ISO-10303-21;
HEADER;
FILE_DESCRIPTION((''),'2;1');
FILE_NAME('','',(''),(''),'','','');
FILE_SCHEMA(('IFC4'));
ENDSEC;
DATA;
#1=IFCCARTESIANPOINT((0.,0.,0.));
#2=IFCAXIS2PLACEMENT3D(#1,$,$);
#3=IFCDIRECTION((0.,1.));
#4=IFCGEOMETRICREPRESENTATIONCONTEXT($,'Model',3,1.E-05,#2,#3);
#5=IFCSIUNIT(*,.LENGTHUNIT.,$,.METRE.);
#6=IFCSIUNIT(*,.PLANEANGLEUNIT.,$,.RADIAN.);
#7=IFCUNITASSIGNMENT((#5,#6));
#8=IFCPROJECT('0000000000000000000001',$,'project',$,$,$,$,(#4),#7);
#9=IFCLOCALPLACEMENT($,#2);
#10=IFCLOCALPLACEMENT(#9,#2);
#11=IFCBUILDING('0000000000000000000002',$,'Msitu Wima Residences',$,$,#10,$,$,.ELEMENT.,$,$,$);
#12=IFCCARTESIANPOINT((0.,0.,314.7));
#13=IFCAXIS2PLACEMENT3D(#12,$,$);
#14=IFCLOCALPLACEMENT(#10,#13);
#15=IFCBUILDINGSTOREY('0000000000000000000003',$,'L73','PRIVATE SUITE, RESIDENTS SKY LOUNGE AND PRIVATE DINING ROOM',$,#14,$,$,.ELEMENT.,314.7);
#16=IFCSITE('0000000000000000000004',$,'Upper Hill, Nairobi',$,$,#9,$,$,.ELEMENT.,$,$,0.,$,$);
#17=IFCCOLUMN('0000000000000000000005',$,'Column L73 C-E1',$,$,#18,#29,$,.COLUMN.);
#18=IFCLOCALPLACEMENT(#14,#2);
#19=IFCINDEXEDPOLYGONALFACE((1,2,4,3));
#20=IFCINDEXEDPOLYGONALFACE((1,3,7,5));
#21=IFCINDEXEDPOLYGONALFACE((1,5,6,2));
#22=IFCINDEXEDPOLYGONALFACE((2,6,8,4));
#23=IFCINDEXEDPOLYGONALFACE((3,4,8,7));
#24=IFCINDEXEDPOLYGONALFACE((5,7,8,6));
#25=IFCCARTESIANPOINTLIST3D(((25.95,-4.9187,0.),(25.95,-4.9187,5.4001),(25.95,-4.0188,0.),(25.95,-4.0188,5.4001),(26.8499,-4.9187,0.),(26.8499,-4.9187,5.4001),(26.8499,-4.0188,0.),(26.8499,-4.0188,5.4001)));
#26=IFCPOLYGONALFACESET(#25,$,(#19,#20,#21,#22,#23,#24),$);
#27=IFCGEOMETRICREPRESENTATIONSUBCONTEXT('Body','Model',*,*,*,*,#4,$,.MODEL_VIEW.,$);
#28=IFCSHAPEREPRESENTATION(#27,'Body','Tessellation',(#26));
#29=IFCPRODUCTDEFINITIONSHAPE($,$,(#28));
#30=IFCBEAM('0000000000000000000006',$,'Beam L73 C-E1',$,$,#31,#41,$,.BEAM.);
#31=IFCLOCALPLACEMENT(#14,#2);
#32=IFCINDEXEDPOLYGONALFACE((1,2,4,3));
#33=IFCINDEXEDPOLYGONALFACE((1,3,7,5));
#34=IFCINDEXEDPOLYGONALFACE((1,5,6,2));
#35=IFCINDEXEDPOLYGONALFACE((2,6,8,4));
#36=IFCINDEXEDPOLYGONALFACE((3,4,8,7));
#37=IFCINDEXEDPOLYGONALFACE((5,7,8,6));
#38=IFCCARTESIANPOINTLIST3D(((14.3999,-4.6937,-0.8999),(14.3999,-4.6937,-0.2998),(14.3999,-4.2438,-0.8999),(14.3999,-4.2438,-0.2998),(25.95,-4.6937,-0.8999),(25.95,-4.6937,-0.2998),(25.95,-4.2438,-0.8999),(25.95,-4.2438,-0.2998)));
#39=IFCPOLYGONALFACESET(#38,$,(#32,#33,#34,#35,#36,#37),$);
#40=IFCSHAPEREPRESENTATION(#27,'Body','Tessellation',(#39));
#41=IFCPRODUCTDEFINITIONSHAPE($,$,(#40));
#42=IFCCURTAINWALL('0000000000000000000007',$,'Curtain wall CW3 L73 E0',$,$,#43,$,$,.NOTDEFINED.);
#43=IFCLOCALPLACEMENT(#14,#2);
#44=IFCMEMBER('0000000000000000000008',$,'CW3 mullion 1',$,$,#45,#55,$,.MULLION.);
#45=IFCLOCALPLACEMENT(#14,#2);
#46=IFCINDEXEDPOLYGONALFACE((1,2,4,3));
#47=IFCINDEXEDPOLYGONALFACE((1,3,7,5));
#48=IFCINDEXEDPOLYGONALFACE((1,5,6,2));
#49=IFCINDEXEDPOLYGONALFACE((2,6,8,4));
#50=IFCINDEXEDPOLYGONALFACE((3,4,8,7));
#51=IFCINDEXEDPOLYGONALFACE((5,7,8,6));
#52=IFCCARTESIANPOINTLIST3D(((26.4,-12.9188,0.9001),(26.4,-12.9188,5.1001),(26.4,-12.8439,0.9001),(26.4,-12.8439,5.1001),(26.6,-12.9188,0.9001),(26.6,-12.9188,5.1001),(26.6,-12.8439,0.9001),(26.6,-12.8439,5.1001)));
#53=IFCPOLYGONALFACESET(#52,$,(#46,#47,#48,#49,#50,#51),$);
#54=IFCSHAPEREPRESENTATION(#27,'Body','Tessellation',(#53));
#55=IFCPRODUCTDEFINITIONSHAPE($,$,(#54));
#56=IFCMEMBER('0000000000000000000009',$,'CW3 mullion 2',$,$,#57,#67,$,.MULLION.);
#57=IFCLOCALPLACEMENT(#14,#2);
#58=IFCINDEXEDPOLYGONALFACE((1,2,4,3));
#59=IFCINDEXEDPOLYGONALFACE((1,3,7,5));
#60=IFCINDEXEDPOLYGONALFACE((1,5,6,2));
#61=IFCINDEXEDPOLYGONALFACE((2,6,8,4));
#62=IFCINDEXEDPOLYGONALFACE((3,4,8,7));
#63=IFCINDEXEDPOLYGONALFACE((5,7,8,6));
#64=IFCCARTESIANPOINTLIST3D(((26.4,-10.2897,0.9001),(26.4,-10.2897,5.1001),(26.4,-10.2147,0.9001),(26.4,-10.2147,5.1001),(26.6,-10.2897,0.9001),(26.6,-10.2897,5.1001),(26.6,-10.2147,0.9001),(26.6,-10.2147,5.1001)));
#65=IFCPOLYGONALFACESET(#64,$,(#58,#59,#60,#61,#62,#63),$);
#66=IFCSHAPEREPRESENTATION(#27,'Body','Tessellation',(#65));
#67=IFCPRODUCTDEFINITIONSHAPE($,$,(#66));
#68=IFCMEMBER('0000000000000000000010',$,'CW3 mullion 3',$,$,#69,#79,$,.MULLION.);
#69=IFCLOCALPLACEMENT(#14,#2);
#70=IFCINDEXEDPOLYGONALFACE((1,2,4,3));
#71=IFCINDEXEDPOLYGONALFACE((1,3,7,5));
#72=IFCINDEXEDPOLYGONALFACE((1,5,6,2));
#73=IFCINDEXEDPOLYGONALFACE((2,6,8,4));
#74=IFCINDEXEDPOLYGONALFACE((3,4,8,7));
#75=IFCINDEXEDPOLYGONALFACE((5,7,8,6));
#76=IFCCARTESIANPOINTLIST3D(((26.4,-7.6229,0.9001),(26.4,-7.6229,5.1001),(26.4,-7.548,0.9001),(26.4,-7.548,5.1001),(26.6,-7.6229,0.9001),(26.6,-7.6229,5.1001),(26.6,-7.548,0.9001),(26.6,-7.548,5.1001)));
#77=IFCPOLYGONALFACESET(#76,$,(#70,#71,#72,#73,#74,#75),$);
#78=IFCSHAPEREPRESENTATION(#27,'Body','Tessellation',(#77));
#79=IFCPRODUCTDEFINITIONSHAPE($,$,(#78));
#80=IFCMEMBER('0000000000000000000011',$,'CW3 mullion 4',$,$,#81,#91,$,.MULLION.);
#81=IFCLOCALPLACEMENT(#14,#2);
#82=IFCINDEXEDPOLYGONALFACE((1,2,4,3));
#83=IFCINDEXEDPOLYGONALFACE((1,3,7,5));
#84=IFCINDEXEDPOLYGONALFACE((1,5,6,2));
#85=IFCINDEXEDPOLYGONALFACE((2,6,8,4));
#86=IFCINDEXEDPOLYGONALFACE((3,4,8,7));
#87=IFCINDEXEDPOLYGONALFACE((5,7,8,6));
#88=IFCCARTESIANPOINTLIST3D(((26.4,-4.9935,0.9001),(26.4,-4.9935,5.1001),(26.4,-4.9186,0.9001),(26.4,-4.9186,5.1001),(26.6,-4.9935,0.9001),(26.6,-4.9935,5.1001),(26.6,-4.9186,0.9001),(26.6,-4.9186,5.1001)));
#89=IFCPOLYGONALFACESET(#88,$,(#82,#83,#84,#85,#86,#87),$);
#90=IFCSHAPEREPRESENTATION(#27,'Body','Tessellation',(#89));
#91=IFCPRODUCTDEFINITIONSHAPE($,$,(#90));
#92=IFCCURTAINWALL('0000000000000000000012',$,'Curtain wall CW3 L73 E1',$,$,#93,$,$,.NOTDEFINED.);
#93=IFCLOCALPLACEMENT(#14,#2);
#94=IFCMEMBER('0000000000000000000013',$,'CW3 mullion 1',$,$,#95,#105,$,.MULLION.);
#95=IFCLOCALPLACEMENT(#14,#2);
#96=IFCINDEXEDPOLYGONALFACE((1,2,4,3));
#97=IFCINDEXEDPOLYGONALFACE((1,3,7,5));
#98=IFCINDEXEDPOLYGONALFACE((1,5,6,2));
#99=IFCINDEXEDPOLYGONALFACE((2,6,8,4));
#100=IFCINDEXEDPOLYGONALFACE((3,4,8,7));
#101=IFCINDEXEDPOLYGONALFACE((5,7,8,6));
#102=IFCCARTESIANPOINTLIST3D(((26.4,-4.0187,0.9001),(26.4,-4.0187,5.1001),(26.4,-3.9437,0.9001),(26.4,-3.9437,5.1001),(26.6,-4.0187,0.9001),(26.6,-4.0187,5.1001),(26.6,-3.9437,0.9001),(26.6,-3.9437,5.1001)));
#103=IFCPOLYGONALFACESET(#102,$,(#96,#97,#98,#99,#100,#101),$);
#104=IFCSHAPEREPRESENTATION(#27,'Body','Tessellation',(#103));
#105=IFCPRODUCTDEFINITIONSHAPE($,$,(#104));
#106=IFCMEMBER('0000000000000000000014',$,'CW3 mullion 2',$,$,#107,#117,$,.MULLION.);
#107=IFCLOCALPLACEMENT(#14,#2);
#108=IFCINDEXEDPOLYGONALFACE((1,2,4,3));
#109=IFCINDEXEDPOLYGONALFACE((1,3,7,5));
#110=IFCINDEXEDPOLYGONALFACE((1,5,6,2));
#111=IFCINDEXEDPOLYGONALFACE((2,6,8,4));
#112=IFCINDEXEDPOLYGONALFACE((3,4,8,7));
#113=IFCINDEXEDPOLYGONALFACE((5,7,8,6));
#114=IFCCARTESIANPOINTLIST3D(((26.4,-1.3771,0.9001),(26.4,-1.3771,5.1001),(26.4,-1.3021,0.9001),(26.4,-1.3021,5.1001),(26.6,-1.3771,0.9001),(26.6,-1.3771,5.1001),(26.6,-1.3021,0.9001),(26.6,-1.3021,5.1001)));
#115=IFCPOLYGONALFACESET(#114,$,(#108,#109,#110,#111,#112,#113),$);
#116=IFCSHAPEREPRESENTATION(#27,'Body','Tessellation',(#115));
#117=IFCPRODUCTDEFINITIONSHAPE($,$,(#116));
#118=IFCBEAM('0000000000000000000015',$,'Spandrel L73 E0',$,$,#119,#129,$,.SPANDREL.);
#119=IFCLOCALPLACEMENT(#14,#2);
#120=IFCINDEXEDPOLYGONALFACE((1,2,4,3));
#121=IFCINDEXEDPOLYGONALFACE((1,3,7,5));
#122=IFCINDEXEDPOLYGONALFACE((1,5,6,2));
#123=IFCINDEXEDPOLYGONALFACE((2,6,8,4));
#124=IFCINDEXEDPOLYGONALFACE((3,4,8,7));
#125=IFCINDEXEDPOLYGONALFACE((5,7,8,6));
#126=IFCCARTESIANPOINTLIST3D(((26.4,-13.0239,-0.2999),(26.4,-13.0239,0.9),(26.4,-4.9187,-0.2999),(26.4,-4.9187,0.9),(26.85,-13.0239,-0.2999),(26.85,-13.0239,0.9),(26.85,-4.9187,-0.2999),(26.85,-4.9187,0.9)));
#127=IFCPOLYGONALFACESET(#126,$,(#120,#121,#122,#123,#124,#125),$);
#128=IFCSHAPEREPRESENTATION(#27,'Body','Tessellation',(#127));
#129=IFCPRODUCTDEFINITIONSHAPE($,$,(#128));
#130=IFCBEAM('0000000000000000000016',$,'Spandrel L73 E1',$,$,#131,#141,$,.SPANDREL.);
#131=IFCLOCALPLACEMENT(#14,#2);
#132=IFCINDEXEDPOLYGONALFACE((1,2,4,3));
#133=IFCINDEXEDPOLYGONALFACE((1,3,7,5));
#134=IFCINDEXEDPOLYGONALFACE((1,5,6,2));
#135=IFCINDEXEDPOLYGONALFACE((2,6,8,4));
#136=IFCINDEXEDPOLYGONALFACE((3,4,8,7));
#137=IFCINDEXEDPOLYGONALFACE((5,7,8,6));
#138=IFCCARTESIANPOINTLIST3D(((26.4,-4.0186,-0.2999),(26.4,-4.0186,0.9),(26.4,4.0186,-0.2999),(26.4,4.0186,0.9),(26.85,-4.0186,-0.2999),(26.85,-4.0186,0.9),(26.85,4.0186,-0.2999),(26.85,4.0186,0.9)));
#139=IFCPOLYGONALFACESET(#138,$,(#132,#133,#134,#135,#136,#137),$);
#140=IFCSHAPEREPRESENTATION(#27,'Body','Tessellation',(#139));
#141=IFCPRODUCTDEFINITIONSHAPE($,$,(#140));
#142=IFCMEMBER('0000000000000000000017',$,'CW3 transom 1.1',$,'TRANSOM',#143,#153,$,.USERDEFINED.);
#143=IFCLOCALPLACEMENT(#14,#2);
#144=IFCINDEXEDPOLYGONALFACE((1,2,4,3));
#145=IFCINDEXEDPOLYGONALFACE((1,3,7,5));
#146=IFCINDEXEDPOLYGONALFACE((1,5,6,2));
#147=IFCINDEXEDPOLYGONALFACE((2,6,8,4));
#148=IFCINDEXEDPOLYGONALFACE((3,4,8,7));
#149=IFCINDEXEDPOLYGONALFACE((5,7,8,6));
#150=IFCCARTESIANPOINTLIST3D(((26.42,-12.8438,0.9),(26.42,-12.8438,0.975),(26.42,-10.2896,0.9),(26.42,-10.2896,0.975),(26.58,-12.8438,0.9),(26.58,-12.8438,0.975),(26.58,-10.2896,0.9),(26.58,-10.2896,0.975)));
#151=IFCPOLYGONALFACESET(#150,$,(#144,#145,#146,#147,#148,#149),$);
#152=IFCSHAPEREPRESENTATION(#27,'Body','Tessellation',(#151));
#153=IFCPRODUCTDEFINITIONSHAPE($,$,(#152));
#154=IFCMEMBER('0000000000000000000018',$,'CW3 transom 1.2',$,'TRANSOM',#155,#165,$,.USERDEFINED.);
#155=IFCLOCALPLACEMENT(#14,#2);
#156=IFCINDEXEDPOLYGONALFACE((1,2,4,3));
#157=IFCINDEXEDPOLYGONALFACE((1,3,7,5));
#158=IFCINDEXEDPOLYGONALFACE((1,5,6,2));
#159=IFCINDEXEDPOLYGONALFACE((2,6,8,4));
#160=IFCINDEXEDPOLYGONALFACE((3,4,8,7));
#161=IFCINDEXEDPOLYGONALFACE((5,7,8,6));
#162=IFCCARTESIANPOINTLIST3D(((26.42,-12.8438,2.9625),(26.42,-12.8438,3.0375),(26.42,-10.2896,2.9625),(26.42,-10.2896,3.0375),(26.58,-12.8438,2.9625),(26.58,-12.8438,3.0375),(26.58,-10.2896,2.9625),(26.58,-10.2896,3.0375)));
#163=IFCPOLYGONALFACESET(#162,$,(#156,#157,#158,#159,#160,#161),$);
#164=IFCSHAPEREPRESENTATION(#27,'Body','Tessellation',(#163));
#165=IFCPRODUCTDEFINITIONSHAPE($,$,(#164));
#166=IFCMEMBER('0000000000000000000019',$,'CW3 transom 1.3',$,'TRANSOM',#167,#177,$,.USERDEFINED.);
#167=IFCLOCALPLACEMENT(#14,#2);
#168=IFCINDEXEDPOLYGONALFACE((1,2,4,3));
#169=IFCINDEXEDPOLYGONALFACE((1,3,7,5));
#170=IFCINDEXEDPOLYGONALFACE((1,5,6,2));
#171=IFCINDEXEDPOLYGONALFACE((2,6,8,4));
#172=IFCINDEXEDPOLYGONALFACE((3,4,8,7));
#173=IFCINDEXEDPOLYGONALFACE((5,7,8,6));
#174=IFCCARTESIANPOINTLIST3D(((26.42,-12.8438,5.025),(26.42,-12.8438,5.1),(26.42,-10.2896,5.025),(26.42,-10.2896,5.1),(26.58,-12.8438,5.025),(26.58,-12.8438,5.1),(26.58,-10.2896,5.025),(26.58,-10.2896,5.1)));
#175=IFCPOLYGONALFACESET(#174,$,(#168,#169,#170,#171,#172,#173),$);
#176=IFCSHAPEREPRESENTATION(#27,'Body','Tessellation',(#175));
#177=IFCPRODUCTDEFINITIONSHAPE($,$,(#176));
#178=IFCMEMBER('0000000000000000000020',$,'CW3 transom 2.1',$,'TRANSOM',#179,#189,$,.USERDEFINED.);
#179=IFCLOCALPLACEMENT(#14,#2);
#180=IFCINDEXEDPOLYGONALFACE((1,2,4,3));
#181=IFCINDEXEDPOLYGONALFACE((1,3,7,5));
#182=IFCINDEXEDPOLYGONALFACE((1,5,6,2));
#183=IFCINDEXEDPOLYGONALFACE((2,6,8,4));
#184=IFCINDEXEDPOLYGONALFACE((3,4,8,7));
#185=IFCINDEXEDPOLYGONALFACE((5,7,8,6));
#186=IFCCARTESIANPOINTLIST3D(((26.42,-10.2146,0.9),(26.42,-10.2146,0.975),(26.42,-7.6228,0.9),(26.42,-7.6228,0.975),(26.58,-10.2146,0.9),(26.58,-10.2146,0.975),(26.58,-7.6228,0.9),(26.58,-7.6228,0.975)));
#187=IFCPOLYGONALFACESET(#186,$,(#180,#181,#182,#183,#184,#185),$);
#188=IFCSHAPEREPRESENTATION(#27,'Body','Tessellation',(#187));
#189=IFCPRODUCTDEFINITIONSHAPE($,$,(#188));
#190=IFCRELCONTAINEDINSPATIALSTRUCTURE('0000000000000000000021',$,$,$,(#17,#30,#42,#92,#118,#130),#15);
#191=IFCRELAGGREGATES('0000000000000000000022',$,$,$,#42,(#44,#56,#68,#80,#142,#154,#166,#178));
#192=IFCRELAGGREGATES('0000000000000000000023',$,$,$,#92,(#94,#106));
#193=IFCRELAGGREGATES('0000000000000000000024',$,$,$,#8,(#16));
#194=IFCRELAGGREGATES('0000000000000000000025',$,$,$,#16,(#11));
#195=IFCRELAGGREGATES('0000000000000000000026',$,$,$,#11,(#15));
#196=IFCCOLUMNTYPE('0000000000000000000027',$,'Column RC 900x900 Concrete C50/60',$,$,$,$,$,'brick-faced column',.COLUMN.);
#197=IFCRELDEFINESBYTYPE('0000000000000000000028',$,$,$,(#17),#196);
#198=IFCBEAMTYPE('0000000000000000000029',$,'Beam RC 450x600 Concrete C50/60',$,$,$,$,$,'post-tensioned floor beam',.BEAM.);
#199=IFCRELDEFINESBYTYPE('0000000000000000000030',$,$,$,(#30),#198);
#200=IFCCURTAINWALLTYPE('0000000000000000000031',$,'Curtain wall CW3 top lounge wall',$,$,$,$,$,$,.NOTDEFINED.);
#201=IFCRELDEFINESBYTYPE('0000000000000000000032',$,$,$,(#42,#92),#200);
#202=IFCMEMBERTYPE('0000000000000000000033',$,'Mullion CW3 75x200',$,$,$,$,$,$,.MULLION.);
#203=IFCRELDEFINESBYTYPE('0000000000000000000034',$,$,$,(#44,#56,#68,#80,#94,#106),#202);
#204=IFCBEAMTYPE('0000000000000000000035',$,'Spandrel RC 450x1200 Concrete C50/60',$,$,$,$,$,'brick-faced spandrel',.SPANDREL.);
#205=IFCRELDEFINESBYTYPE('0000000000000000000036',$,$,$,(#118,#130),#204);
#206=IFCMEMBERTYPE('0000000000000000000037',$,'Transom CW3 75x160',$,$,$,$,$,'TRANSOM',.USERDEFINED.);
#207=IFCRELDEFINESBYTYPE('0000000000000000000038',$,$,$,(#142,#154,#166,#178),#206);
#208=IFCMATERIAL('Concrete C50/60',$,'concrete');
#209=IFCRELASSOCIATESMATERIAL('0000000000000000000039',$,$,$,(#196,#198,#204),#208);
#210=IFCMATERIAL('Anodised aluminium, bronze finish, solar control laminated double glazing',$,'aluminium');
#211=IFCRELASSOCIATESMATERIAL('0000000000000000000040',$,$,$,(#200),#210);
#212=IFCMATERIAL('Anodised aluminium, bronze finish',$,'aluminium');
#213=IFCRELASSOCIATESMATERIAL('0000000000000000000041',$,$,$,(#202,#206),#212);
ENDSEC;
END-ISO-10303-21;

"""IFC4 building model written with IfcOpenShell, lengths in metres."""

from ifc_helpers import new_model, si_unit, direction, frame, origin, origin_2d, place, context, subcontext, project, spatial, rectangle, extrude, material, material_profile, profile_set, type_object, element, aggregate, save


model = new_model("IFC4")

# Units and contexts
model_context = context("Model", 3, precision=1e-05, world=origin(), true_north=direction((0.0, 1.0)))
body_context = subcontext(model_context, "Body", "Model", "MODEL_VIEW")
ifc_project = project(units=[si_unit("LENGTHUNIT", "METRE"), si_unit("PLANEANGLEUNIT", "RADIAN")], contexts=[model_context])

# Site, building, storey
site_placement = place(None, origin())
site = spatial("IfcSite", under=ifc_project, at=site_placement, Name="Upper Hill, Nairobi", CompositionType="ELEMENT", RefElevation=0.0)
building_placement = place(site_placement, origin())
building = spatial("IfcBuilding", under=site, at=building_placement, Name="Msitu Wima Residences", CompositionType="ELEMENT")
storey_placement = place(building_placement, frame((0.0, 0.0, 314.7)))
storey = spatial("IfcBuildingStorey", under=building, at=storey_placement, Name="L73", Description="PRIVATE SUITE, RESIDENTS SKY LOUNGE AND PRIVATE DINING ROOM", CompositionType="ELEMENT", Elevation=314.7)

# Column
ifc_material_1 = material(Name="Concrete C50/60", Category="concrete")
ifc_material_profile_1 = material_profile(ifc_material_1, rectangle(XDim=0.8999, YDim=0.8999, at=origin_2d()), Name="RC 900x900")
ifc_profile_set_1 = profile_set([ifc_material_profile_1], Name="Concrete C50/60")
column_type = type_object("IfcColumnType", Name="Column RC 900x900 Concrete C50/60", ElementType="brick-faced column", PredefinedType="COLUMN", material=ifc_profile_set_1)
column_placement = place(storey_placement, frame((26.3999, -4.4688, 0.0), z_axis=(0.0, 0.0, 1.0), x_axis=(0.0, 1.0, 0.0)))
element("IfcColumn", 1, at=column_placement, inside=storey, type_object=column_type, Name="Column L73 C-E1", PredefinedType="COLUMN", context=body_context, shape_type="SweptSolid", body=[
    extrude(rectangle(XDim=0.8999, YDim=0.8999, at=origin_2d()), origin(), (0.0, 0.0, 1.0), 5.4001),
])

# Beam
ifc_material_profile_2 = material_profile(ifc_material_1, rectangle(XDim=0.45, YDim=0.6001, at=origin_2d()), Name="RC 450x600")
ifc_profile_set_2 = profile_set([ifc_material_profile_2], Name="Concrete C50/60")
beam_type_1 = type_object("IfcBeamType", Name="Beam RC 450x600 Concrete C50/60", ElementType="post-tensioned floor beam", PredefinedType="BEAM", material=ifc_profile_set_2)
beam_1_placement = place(storey_placement, frame((25.95, -4.4688, -0.5999), z_axis=(-1.0, 0.0, 0.0), x_axis=(0.0, -1.0, 0.0)))
element("IfcBeam", 2, at=beam_1_placement, inside=storey, type_object=beam_type_1, Name="Beam L73 C-E1", PredefinedType="BEAM", context=body_context, shape_type="SweptSolid", body=[
    extrude(rectangle(XDim=0.45, YDim=0.6001, at=origin_2d()), origin(), (0.0, 0.0, 1.0), 11.55),
])

# Curtain walls, members
ifc_material_2 = material(Name="Anodised aluminium, bronze finish, solar control laminated double glazing", Category="aluminium")
curtain_wall_type = type_object("IfcCurtainWallType", Name="Curtain wall CW3 top lounge wall", PredefinedType="NOTDEFINED", material=ifc_material_2)
curtain_wall_1_placement = place(storey_placement, origin())
curtain_wall_1 = element("IfcCurtainWall", 3, at=curtain_wall_1_placement, inside=storey, type_object=curtain_wall_type, Name="Curtain wall CW3 L73 E0", PredefinedType="NOTDEFINED")
ifc_material_3 = material(Name="Anodised aluminium, bronze finish", Category="aluminium")
ifc_material_profile_3 = material_profile(ifc_material_3, rectangle(XDim=0.2, YDim=0.075, at=origin_2d()), Name="Mullion 75x200")
ifc_profile_set_3 = profile_set([ifc_material_profile_3], Name="Anodised aluminium, bronze finish")
member_type_1 = type_object("IfcMemberType", Name="Mullion CW3 75x200", PredefinedType="MULLION", material=ifc_profile_set_3)
member_1_placement = place(storey_placement, frame((26.5, -12.8813, 0.9001), z_axis=(0.0, 0.0, 1.0), x_axis=(-1.0, 0.0, 0.0)))
member_1 = element("IfcMember", 4, at=member_1_placement, type_object=member_type_1, Name="CW3 mullion 1", PredefinedType="MULLION", context=body_context, shape_type="SweptSolid", body=[
    extrude(rectangle(XDim=0.2, YDim=0.075, at=origin_2d()), origin(), (0.0, 0.0, 1.0), 4.2),
])
member_2_placement = place(storey_placement, frame((26.5, -10.2522, 0.9001), z_axis=(0.0, 0.0, 1.0), x_axis=(-1.0, 0.0, 0.0)))
member_2 = element("IfcMember", 5, at=member_2_placement, type_object=member_type_1, Name="CW3 mullion 2", PredefinedType="MULLION", context=body_context, shape_type="SweptSolid", body=[
    extrude(rectangle(XDim=0.2, YDim=0.075, at=origin_2d()), origin(), (0.0, 0.0, 1.0), 4.2),
])
member_3_placement = place(storey_placement, frame((26.5, -7.5854, 0.9001), z_axis=(0.0, 0.0, 1.0), x_axis=(-1.0, 0.0, 0.0)))
member_3 = element("IfcMember", 6, at=member_3_placement, type_object=member_type_1, Name="CW3 mullion 3", PredefinedType="MULLION", context=body_context, shape_type="SweptSolid", body=[
    extrude(rectangle(XDim=0.2, YDim=0.075, at=origin_2d()), origin(), (0.0, 0.0, 1.0), 4.2),
])
member_4_placement = place(storey_placement, frame((26.5, -4.9561, 0.9001), z_axis=(0.0, 0.0, 1.0), x_axis=(-1.0, 0.0, 0.0)))
member_4 = element("IfcMember", 7, at=member_4_placement, type_object=member_type_1, Name="CW3 mullion 4", PredefinedType="MULLION", context=body_context, shape_type="SweptSolid", body=[
    extrude(rectangle(XDim=0.2, YDim=0.075, at=origin_2d()), origin(), (0.0, 0.0, 1.0), 4.2),
])
curtain_wall_2_placement = place(storey_placement, origin())
curtain_wall_2 = element("IfcCurtainWall", 8, at=curtain_wall_2_placement, inside=storey, type_object=curtain_wall_type, Name="Curtain wall CW3 L73 E1", PredefinedType="NOTDEFINED")
member_5_placement = place(storey_placement, frame((26.5, -3.9812, 0.9001), z_axis=(0.0, 0.0, 1.0), x_axis=(-1.0, 0.0, 0.0)))
member_5 = element("IfcMember", 9, at=member_5_placement, type_object=member_type_1, Name="CW3 mullion 1", PredefinedType="MULLION", context=body_context, shape_type="SweptSolid", body=[
    extrude(rectangle(XDim=0.2, YDim=0.075, at=origin_2d()), origin(), (0.0, 0.0, 1.0), 4.2),
])
member_6_placement = place(storey_placement, frame((26.5, -1.3396, 0.9001), z_axis=(0.0, 0.0, 1.0), x_axis=(-1.0, 0.0, 0.0)))
member_6 = element("IfcMember", 10, at=member_6_placement, type_object=member_type_1, Name="CW3 mullion 2", PredefinedType="MULLION", context=body_context, shape_type="SweptSolid", body=[
    extrude(rectangle(XDim=0.2, YDim=0.075, at=origin_2d()), origin(), (0.0, 0.0, 1.0), 4.2),
])

# Beams
ifc_material_profile_4 = material_profile(ifc_material_1, rectangle(XDim=0.45, YDim=1.2, at=origin_2d()), Name="RC 450x1200")
ifc_profile_set_4 = profile_set([ifc_material_profile_4], Name="Concrete C50/60")
beam_type_2 = type_object("IfcBeamType", Name="Spandrel RC 450x1200 Concrete C50/60", ElementType="brick-faced spandrel", PredefinedType="SPANDREL", material=ifc_profile_set_4)
beam_2_placement = place(storey_placement, frame((26.625, -13.0239, 0.3), z_axis=(0.0, 1.0, 0.0), x_axis=(-1.0, 0.0, 0.0)))
element("IfcBeam", 11, at=beam_2_placement, inside=storey, type_object=beam_type_2, Name="Spandrel L73 E0", PredefinedType="SPANDREL", context=body_context, shape_type="SweptSolid", body=[
    extrude(rectangle(XDim=0.45, YDim=1.2, at=origin_2d()), origin(), (0.0, 0.0, 1.0), 8.1052),
])
beam_3_placement = place(storey_placement, frame((26.625, -4.0186, 0.3), z_axis=(0.0, 1.0, 0.0), x_axis=(-1.0, 0.0, 0.0)))
element("IfcBeam", 12, at=beam_3_placement, inside=storey, type_object=beam_type_2, Name="Spandrel L73 E1", PredefinedType="SPANDREL", context=body_context, shape_type="SweptSolid", body=[
    extrude(rectangle(XDim=0.45, YDim=1.2, at=origin_2d()), origin(), (0.0, 0.0, 1.0), 8.0371),
])

# Members
ifc_material_profile_5 = material_profile(ifc_material_3, rectangle(XDim=0.1599, YDim=0.075, at=origin_2d()), Name="Transom 75x160")
ifc_profile_set_5 = profile_set([ifc_material_profile_5], Name="Anodised aluminium, bronze finish")
member_type_2 = type_object("IfcMemberType", Name="Transom CW3 75x160", ElementType="TRANSOM", PredefinedType="USERDEFINED", material=ifc_profile_set_5)
member_7_placement = place(storey_placement, frame((26.5, -12.8438, 0.9375), z_axis=(0.0, 1.0, 0.0), x_axis=(-1.0, 0.0, 0.0)))
member_7 = element("IfcMember", 13, at=member_7_placement, type_object=member_type_2, Name="CW3 transom 1.1", ObjectType="TRANSOM", PredefinedType="USERDEFINED", context=body_context, shape_type="SweptSolid", body=[
    extrude(rectangle(XDim=0.1599, YDim=0.075, at=origin_2d()), origin(), (0.0, 0.0, 1.0), 2.5542),
])
member_8_placement = place(storey_placement, frame((26.5, -12.8438, 3.0), z_axis=(0.0, 1.0, 0.0), x_axis=(-1.0, 0.0, 0.0)))
member_8 = element("IfcMember", 14, at=member_8_placement, type_object=member_type_2, Name="CW3 transom 1.2", ObjectType="TRANSOM", PredefinedType="USERDEFINED", context=body_context, shape_type="SweptSolid", body=[
    extrude(rectangle(XDim=0.1599, YDim=0.075, at=origin_2d()), origin(), (0.0, 0.0, 1.0), 2.5542),
])
member_9_placement = place(storey_placement, frame((26.5, -12.8438, 5.0625), z_axis=(0.0, 1.0, 0.0), x_axis=(-1.0, 0.0, 0.0)))
member_9 = element("IfcMember", 15, at=member_9_placement, type_object=member_type_2, Name="CW3 transom 1.3", ObjectType="TRANSOM", PredefinedType="USERDEFINED", context=body_context, shape_type="SweptSolid", body=[
    extrude(rectangle(XDim=0.1599, YDim=0.075, at=origin_2d()), origin(), (0.0, 0.0, 1.0), 2.5542),
])
member_10_placement = place(storey_placement, frame((26.5, -10.2146, 0.9375), z_axis=(0.0, 1.0, 0.0), x_axis=(-1.0, 0.0, 0.0)))
member_10 = element("IfcMember", 16, at=member_10_placement, type_object=member_type_2, Name="CW3 transom 2.1", ObjectType="TRANSOM", PredefinedType="USERDEFINED", context=body_context, shape_type="SweptSolid", body=[
    extrude(rectangle(XDim=0.1599, YDim=0.075, at=origin_2d()), origin(), (0.0, 0.0, 1.0), 2.5918),
])

aggregate(curtain_wall_1, [member_1, member_2, member_3, member_4, member_7, member_8, member_9, member_10])
aggregate(curtain_wall_2, [member_5, member_6])

save(model, "model.ifc")
